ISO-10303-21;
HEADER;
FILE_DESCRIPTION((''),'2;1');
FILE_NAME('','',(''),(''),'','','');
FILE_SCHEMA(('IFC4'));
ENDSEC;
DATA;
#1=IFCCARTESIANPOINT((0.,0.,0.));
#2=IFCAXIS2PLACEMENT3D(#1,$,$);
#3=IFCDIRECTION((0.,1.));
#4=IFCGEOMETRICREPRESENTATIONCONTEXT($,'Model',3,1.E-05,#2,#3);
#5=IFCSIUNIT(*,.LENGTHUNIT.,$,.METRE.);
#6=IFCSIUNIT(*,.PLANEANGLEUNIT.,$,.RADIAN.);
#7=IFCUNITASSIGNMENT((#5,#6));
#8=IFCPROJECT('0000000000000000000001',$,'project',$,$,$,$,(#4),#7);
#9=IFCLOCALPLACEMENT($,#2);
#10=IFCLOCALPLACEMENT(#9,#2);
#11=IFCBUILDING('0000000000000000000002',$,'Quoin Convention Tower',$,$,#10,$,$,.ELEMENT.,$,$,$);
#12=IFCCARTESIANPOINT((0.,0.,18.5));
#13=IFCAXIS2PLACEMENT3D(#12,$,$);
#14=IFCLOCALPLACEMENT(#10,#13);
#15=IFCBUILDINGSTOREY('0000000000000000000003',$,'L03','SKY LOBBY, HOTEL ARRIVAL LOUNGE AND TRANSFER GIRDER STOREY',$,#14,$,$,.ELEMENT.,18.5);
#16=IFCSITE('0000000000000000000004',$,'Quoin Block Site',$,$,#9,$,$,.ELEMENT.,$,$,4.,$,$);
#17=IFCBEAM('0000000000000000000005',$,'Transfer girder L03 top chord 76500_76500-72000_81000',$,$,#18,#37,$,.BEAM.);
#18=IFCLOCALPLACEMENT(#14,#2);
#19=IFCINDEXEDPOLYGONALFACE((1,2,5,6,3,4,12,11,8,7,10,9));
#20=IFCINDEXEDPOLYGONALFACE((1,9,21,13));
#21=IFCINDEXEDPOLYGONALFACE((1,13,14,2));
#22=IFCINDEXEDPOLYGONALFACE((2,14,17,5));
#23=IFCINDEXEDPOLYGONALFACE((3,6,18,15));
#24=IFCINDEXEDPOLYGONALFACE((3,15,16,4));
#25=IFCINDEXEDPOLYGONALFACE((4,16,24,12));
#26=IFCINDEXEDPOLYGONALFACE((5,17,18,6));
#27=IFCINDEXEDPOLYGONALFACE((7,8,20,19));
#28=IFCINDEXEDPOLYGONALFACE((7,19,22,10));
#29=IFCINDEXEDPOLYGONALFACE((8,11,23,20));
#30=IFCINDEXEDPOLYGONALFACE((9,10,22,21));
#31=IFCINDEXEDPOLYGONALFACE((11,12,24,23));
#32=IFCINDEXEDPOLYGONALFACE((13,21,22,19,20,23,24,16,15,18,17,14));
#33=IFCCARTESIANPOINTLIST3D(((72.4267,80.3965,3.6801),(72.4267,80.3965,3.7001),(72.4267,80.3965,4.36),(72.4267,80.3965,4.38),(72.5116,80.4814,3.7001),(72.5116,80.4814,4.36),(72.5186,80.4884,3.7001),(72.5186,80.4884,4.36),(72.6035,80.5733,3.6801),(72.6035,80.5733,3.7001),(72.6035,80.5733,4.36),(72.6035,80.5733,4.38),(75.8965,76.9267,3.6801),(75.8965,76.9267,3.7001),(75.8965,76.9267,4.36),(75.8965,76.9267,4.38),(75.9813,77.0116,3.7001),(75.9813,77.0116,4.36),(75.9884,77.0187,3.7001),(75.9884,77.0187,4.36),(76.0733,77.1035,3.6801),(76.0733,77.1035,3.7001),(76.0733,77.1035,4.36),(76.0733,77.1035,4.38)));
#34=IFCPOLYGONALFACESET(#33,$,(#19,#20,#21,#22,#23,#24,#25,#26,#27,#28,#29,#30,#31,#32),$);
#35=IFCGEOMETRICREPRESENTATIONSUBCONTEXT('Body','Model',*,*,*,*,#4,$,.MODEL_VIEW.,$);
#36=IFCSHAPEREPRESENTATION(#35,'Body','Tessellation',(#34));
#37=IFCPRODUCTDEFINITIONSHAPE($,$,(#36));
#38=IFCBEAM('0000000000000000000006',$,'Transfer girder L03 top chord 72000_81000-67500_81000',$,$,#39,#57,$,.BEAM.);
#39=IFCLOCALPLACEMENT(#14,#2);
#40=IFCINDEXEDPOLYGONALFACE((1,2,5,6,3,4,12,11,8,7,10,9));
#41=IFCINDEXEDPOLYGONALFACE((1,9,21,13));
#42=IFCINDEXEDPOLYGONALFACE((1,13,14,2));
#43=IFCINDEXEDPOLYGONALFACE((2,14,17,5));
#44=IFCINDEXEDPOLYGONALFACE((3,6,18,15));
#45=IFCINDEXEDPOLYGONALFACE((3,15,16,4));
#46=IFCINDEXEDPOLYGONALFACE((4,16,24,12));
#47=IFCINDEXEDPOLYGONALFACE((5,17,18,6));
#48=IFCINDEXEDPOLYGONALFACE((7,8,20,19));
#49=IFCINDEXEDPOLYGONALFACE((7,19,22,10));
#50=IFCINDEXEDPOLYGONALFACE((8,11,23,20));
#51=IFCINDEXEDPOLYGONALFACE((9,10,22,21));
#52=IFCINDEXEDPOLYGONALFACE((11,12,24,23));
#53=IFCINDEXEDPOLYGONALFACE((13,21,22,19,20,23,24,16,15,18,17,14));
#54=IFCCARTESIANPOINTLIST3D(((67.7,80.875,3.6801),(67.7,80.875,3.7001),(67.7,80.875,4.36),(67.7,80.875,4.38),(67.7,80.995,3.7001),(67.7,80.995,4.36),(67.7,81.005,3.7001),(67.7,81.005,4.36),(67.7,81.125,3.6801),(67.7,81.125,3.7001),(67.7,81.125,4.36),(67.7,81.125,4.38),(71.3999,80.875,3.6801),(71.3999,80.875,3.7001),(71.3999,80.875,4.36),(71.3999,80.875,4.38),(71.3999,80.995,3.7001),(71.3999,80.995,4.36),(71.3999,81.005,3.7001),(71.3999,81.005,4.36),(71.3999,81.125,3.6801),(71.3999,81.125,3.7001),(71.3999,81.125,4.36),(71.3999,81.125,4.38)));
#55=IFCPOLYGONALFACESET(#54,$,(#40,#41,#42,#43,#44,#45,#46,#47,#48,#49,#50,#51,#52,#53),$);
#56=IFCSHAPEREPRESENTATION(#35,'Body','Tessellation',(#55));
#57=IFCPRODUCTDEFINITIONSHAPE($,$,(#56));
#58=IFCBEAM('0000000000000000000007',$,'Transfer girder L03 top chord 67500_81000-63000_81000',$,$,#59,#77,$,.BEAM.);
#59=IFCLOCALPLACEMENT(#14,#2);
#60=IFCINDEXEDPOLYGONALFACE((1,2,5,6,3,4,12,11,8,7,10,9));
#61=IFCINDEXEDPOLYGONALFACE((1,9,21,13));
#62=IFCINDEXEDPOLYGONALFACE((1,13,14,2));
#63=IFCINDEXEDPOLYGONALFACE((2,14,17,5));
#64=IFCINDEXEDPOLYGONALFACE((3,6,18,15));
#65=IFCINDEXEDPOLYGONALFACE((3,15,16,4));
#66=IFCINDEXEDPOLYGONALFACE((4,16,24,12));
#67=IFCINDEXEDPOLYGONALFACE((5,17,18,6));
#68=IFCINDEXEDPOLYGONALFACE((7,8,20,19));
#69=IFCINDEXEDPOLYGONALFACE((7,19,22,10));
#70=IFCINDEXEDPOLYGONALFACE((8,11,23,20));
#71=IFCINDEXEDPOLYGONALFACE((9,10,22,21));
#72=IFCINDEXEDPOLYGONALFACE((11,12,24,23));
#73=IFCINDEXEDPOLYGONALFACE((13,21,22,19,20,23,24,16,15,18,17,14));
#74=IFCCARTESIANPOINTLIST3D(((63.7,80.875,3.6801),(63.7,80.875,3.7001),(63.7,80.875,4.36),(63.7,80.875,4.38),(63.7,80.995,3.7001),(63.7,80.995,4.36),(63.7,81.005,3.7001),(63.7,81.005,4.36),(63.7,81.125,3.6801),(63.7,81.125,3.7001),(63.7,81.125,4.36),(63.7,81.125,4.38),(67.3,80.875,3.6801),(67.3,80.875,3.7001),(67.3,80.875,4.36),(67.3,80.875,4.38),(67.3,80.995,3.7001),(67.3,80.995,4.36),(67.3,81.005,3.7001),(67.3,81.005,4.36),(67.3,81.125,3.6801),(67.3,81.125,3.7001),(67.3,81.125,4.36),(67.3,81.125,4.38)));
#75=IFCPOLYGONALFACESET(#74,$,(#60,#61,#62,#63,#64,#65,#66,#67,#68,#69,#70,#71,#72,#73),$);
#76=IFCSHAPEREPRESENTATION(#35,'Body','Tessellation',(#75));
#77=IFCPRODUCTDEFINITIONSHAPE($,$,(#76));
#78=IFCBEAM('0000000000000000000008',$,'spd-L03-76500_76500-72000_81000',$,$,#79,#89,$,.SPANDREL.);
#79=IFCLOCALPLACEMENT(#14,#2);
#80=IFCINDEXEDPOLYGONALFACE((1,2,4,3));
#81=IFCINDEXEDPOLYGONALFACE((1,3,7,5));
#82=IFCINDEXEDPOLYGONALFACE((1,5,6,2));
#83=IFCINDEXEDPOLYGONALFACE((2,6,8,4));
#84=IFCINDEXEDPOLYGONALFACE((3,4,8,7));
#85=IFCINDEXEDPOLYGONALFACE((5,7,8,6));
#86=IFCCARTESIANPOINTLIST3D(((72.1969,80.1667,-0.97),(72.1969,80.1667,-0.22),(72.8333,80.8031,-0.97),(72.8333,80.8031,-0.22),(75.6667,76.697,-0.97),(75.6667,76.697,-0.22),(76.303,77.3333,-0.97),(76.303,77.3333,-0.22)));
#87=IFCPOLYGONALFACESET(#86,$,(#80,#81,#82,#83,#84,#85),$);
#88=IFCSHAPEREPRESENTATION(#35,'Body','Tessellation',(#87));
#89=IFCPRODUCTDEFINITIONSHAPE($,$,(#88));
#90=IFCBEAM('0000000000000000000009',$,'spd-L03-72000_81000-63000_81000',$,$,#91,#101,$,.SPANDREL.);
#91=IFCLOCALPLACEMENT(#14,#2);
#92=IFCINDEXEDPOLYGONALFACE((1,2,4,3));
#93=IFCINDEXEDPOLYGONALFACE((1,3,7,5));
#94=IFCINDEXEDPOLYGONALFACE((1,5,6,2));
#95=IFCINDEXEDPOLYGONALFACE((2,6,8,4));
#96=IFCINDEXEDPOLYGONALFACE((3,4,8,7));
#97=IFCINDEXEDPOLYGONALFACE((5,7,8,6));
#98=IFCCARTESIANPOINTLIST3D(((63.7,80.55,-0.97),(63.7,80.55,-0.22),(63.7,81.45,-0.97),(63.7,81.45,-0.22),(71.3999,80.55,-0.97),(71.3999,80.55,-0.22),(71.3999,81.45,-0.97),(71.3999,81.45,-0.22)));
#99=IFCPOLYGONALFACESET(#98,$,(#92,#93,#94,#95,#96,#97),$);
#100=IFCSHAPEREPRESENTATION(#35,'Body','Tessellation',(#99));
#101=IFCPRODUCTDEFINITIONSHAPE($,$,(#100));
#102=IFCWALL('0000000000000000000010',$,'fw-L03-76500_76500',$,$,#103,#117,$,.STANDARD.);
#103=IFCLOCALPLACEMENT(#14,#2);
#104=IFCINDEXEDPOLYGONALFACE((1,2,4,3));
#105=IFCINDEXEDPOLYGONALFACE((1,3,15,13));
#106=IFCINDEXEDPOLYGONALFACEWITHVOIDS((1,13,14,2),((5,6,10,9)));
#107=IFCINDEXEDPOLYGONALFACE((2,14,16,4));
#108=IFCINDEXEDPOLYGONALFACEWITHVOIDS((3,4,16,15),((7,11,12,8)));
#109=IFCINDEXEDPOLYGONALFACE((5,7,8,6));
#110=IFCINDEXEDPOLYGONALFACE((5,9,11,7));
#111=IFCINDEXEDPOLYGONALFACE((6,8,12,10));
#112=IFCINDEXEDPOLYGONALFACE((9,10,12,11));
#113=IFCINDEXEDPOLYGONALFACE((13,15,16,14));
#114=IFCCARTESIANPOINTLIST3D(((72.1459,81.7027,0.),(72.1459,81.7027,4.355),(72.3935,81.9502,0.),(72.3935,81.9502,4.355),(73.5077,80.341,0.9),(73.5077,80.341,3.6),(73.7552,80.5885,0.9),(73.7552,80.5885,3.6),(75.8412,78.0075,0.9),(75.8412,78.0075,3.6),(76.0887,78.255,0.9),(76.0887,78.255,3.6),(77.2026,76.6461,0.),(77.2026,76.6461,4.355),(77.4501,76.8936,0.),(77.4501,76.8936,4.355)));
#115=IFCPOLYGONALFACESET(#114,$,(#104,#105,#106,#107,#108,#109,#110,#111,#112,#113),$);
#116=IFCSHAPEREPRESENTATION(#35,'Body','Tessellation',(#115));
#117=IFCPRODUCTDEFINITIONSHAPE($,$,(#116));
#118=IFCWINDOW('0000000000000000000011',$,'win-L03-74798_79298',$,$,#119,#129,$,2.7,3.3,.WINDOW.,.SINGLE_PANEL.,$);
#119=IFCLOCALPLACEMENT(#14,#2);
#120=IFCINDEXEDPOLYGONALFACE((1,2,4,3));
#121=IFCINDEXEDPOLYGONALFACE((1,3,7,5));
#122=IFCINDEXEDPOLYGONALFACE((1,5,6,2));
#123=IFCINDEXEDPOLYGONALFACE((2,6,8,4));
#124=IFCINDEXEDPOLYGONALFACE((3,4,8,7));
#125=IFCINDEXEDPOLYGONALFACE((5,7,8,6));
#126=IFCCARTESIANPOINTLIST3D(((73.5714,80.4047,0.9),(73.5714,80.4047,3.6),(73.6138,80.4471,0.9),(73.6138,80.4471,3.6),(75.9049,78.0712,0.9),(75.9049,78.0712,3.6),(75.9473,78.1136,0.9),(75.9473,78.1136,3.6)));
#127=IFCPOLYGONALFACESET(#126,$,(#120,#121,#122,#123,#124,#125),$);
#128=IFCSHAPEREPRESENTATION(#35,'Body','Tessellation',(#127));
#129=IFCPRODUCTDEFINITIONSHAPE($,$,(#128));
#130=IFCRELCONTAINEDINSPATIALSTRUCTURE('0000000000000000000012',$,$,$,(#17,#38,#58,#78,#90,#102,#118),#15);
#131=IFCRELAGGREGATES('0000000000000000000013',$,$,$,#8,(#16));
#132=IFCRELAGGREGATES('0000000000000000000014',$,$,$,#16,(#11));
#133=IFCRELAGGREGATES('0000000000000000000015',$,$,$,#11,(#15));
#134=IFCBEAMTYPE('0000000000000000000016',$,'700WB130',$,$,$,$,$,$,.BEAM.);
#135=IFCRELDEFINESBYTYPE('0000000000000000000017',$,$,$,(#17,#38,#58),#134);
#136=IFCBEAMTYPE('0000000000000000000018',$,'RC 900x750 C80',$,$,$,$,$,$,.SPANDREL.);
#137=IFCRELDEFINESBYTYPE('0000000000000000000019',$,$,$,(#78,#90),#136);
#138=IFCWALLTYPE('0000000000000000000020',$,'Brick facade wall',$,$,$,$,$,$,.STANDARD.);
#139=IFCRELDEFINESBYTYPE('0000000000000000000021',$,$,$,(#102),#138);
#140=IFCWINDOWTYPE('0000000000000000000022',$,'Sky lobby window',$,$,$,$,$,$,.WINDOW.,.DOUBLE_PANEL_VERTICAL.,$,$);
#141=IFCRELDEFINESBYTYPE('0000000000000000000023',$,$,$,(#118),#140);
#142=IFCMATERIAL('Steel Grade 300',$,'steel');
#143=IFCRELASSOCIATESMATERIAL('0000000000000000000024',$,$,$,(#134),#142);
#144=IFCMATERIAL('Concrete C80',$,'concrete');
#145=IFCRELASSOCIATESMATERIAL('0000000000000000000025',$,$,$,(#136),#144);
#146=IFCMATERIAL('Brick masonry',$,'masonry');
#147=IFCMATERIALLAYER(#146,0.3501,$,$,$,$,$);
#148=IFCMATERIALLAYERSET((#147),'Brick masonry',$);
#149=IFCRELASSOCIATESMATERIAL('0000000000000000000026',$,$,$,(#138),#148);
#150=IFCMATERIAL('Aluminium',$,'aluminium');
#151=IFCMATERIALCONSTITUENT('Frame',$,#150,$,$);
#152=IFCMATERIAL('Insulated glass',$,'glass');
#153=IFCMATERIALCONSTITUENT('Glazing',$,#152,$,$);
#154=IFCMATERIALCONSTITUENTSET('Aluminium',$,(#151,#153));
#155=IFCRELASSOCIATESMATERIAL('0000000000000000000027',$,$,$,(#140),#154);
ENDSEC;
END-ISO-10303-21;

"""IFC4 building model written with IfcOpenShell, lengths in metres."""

from ifc_helpers import new_model, si_unit, direction, frame, frame_2d, origin, origin_2d, place, context, subcontext, project, spatial, rectangle, i_section, extrude, material, layer, layer_set, constituent, constituent_set, material_profile, profile_set, type_object, element, fill, save


model = new_model("IFC4")

# Units and contexts
model_context = context("Model", 3, precision=1e-05, world=origin(), true_north=direction((0.0, 1.0)))
body_context = subcontext(model_context, "Body", "Model", "MODEL_VIEW")
ifc_project = project(units=[si_unit("LENGTHUNIT", "METRE"), si_unit("PLANEANGLEUNIT", "RADIAN")], contexts=[model_context])

# Site, building, storey
site_placement = place(None, origin())
site = spatial("IfcSite", under=ifc_project, at=site_placement, Name="Quoin Block Site", CompositionType="ELEMENT", RefElevation=4.0)
building_placement = place(site_placement, origin())
building = spatial("IfcBuilding", under=site, at=building_placement, Name="Quoin Convention Tower", CompositionType="ELEMENT")
storey_placement = place(building_placement, frame((0.0, 0.0, 18.5)))
storey = spatial("IfcBuildingStorey", under=building, at=storey_placement, Name="L03", Description="SKY LOBBY, HOTEL ARRIVAL LOUNGE AND TRANSFER GIRDER STOREY", CompositionType="ELEMENT", Elevation=18.5)

# Shared definitions
ifc_material_1 = material(Name="Concrete C80", Category="concrete")

# Shared definitions
ifc_material_2 = material(Name="Steel Grade 300", Category="steel")

# Beams
ifc_material_profile_1 = material_profile(ifc_material_2, i_section(OverallWidth=0.25, OverallDepth=0.7, WebThickness=0.01, FlangeThickness=0.02, at=origin_2d()), Name="700WB130")
ifc_profile_set_1 = profile_set([ifc_material_profile_1], Name="Steel Grade 300")
beam_type_1 = type_object("IfcBeamType", Name="700WB130", PredefinedType="BEAM", material=ifc_profile_set_1)
beam_1_placement = place(storey_placement, frame((75.9849, 77.0151, 4.03), z_axis=(-0.707107, 0.707107, 0.0), x_axis=(-0.707107, -0.707107, 0.0)))
element("IfcBeam", 1, at=beam_1_placement, inside=storey, type_object=beam_type_1, Name="Transfer girder L03 top chord 76500_76500-72000_81000", PredefinedType="BEAM", context=body_context, shape_type="SweptSolid", body=[
    extrude(i_section(OverallWidth=0.25, OverallDepth=0.7, WebThickness=0.01, FlangeThickness=0.02, at=origin_2d()), origin(), (0.0, 0.0, 1.0), 4.907),
])
beam_2_placement = place(storey_placement, frame((71.3999, 81.0, 4.03), z_axis=(-1.0, 0.0, 0.0), x_axis=(0.0, -1.0, 0.0)))
element("IfcBeam", 2, at=beam_2_placement, inside=storey, type_object=beam_type_1, Name="Transfer girder L03 top chord 72000_81000-67500_81000", PredefinedType="BEAM", context=body_context, shape_type="SweptSolid", body=[
    extrude(i_section(OverallWidth=0.25, OverallDepth=0.7, WebThickness=0.01, FlangeThickness=0.02, at=origin_2d()), origin(), (0.0, 0.0, 1.0), 3.7),
])
beam_3_placement = place(storey_placement, frame((67.3, 81.0, 4.03), z_axis=(-1.0, 0.0, 0.0), x_axis=(0.0, -1.0, 0.0)))
element("IfcBeam", 3, at=beam_3_placement, inside=storey, type_object=beam_type_1, Name="Transfer girder L03 top chord 67500_81000-63000_81000", PredefinedType="BEAM", context=body_context, shape_type="SweptSolid", body=[
    extrude(i_section(OverallWidth=0.25, OverallDepth=0.7, WebThickness=0.01, FlangeThickness=0.02, at=origin_2d()), origin(), (0.0, 0.0, 1.0), 3.6001),
])
ifc_material_profile_2 = material_profile(ifc_material_1, rectangle(XDim=0.8999, YDim=0.75, at=origin_2d()), Name="RC 900x750")
ifc_profile_set_2 = profile_set([ifc_material_profile_2], Name="Concrete C80")
beam_type_2 = type_object("IfcBeamType", Name="RC 900x750 C80", PredefinedType="SPANDREL", material=ifc_profile_set_2)
beam_4_placement = place(storey_placement, frame((75.9849, 77.0151, -0.595), z_axis=(-0.707107, 0.707107, 0.0), x_axis=(-0.707107, -0.707107, 0.0)))
element("IfcBeam", 4, at=beam_4_placement, inside=storey, type_object=beam_type_2, Name="spd-L03-76500_76500-72000_81000", PredefinedType="SPANDREL", context=body_context, shape_type="SweptSolid", body=[
    extrude(rectangle(XDim=0.8999, YDim=0.75, at=origin_2d()), origin(), (0.0, 0.0, 1.0), 4.907),
])
beam_5_placement = place(storey_placement, frame((71.3999, 81.0, -0.595), z_axis=(-1.0, 0.0, 0.0), x_axis=(0.0, -1.0, 0.0)))
element("IfcBeam", 5, at=beam_5_placement, inside=storey, type_object=beam_type_2, Name="spd-L03-72000_81000-63000_81000", PredefinedType="SPANDREL", context=body_context, shape_type="SweptSolid", body=[
    extrude(rectangle(XDim=0.8999, YDim=0.75, at=origin_2d()), origin(), (0.0, 0.0, 1.0), 7.7),
])

# Wall, opening, window
ifc_material_3 = material(Name="Brick masonry", Category="masonry")
ifc_layer = layer(ifc_material_3, 0.3501)
ifc_layer_set = layer_set([ifc_layer], Name="Brick masonry")
wall_type = type_object("IfcWallType", Name="Brick facade wall", PredefinedType="STANDARD", material=ifc_layer_set)
wall_1_placement = place(storey_placement, frame((77.3264, 76.7698, 0.0), z_axis=(0.0, 0.0, 1.0), x_axis=(-0.707107, 0.707107, 0.0)))
wall_1 = element("IfcWall", 6, at=wall_1_placement, inside=storey, type_object=wall_type, Name="fw-L03-76500_76500", PredefinedType="STANDARD", context=body_context, shape_type="SweptSolid", body=[
    extrude(rectangle(XDim=7.1511, YDim=0.3501, at=frame_2d((3.5757, 0.0))), origin(), (0.0, 0.0, 1.0), 4.355),
])
opening_1_placement = place(wall_1_placement, frame((1.9255, 0.0, 0.8999)))
opening_1 = element("IfcOpeningElement", 7, at=opening_1_placement, cuts=wall_1, PredefinedType="OPENING", context=body_context, shape_type="SweptSolid", body=[
    extrude(rectangle(XDim=3.3, YDim=2.7, at=frame_2d((1.6499, 1.3501))), frame((0.0, 0.1851, 0.0), z_axis=(0.0, -1.0, 0.0), x_axis=(1.0, 0.0, 0.0)), (0.0, 0.0, 1.0), 0.3701),
])
ifc_material_4 = material(Name="Aluminium", Category="aluminium")
ifc_constituent_1 = constituent(ifc_material_4, Name="Frame")
ifc_material_5 = material(Name="Insulated glass", Category="glass")
ifc_constituent_2 = constituent(ifc_material_5, Name="Glazing")
ifc_constituent_set = constituent_set(constituents=[ifc_constituent_1, ifc_constituent_2], Name="Aluminium")
window_type = type_object("IfcWindowType", Name="Sky lobby window", PartitioningType="DOUBLE_PANEL_VERTICAL", PredefinedType="WINDOW", material=ifc_constituent_set)
window_1_placement = place(opening_1_placement, origin())
window_1 = element("IfcWindow", 8, at=window_1_placement, inside=storey, type_object=window_type, Name="win-L03-74798_79298", OverallHeight=2.7, OverallWidth=3.3, PartitioningType="SINGLE_PANEL", PredefinedType="WINDOW", context=body_context, shape_type="SweptSolid", body=[
    extrude(rectangle(XDim=3.3, YDim=2.7, at=frame_2d((1.6499, 1.3501))), frame((0.0, 0.085, 0.0), z_axis=(0.0, -1.0, 0.0), x_axis=(1.0, 0.0, 0.0)), (0.0, 0.0, 1.0), 0.0601),
])
fill(opening_1, window_1)

save(model, "model.ifc")
